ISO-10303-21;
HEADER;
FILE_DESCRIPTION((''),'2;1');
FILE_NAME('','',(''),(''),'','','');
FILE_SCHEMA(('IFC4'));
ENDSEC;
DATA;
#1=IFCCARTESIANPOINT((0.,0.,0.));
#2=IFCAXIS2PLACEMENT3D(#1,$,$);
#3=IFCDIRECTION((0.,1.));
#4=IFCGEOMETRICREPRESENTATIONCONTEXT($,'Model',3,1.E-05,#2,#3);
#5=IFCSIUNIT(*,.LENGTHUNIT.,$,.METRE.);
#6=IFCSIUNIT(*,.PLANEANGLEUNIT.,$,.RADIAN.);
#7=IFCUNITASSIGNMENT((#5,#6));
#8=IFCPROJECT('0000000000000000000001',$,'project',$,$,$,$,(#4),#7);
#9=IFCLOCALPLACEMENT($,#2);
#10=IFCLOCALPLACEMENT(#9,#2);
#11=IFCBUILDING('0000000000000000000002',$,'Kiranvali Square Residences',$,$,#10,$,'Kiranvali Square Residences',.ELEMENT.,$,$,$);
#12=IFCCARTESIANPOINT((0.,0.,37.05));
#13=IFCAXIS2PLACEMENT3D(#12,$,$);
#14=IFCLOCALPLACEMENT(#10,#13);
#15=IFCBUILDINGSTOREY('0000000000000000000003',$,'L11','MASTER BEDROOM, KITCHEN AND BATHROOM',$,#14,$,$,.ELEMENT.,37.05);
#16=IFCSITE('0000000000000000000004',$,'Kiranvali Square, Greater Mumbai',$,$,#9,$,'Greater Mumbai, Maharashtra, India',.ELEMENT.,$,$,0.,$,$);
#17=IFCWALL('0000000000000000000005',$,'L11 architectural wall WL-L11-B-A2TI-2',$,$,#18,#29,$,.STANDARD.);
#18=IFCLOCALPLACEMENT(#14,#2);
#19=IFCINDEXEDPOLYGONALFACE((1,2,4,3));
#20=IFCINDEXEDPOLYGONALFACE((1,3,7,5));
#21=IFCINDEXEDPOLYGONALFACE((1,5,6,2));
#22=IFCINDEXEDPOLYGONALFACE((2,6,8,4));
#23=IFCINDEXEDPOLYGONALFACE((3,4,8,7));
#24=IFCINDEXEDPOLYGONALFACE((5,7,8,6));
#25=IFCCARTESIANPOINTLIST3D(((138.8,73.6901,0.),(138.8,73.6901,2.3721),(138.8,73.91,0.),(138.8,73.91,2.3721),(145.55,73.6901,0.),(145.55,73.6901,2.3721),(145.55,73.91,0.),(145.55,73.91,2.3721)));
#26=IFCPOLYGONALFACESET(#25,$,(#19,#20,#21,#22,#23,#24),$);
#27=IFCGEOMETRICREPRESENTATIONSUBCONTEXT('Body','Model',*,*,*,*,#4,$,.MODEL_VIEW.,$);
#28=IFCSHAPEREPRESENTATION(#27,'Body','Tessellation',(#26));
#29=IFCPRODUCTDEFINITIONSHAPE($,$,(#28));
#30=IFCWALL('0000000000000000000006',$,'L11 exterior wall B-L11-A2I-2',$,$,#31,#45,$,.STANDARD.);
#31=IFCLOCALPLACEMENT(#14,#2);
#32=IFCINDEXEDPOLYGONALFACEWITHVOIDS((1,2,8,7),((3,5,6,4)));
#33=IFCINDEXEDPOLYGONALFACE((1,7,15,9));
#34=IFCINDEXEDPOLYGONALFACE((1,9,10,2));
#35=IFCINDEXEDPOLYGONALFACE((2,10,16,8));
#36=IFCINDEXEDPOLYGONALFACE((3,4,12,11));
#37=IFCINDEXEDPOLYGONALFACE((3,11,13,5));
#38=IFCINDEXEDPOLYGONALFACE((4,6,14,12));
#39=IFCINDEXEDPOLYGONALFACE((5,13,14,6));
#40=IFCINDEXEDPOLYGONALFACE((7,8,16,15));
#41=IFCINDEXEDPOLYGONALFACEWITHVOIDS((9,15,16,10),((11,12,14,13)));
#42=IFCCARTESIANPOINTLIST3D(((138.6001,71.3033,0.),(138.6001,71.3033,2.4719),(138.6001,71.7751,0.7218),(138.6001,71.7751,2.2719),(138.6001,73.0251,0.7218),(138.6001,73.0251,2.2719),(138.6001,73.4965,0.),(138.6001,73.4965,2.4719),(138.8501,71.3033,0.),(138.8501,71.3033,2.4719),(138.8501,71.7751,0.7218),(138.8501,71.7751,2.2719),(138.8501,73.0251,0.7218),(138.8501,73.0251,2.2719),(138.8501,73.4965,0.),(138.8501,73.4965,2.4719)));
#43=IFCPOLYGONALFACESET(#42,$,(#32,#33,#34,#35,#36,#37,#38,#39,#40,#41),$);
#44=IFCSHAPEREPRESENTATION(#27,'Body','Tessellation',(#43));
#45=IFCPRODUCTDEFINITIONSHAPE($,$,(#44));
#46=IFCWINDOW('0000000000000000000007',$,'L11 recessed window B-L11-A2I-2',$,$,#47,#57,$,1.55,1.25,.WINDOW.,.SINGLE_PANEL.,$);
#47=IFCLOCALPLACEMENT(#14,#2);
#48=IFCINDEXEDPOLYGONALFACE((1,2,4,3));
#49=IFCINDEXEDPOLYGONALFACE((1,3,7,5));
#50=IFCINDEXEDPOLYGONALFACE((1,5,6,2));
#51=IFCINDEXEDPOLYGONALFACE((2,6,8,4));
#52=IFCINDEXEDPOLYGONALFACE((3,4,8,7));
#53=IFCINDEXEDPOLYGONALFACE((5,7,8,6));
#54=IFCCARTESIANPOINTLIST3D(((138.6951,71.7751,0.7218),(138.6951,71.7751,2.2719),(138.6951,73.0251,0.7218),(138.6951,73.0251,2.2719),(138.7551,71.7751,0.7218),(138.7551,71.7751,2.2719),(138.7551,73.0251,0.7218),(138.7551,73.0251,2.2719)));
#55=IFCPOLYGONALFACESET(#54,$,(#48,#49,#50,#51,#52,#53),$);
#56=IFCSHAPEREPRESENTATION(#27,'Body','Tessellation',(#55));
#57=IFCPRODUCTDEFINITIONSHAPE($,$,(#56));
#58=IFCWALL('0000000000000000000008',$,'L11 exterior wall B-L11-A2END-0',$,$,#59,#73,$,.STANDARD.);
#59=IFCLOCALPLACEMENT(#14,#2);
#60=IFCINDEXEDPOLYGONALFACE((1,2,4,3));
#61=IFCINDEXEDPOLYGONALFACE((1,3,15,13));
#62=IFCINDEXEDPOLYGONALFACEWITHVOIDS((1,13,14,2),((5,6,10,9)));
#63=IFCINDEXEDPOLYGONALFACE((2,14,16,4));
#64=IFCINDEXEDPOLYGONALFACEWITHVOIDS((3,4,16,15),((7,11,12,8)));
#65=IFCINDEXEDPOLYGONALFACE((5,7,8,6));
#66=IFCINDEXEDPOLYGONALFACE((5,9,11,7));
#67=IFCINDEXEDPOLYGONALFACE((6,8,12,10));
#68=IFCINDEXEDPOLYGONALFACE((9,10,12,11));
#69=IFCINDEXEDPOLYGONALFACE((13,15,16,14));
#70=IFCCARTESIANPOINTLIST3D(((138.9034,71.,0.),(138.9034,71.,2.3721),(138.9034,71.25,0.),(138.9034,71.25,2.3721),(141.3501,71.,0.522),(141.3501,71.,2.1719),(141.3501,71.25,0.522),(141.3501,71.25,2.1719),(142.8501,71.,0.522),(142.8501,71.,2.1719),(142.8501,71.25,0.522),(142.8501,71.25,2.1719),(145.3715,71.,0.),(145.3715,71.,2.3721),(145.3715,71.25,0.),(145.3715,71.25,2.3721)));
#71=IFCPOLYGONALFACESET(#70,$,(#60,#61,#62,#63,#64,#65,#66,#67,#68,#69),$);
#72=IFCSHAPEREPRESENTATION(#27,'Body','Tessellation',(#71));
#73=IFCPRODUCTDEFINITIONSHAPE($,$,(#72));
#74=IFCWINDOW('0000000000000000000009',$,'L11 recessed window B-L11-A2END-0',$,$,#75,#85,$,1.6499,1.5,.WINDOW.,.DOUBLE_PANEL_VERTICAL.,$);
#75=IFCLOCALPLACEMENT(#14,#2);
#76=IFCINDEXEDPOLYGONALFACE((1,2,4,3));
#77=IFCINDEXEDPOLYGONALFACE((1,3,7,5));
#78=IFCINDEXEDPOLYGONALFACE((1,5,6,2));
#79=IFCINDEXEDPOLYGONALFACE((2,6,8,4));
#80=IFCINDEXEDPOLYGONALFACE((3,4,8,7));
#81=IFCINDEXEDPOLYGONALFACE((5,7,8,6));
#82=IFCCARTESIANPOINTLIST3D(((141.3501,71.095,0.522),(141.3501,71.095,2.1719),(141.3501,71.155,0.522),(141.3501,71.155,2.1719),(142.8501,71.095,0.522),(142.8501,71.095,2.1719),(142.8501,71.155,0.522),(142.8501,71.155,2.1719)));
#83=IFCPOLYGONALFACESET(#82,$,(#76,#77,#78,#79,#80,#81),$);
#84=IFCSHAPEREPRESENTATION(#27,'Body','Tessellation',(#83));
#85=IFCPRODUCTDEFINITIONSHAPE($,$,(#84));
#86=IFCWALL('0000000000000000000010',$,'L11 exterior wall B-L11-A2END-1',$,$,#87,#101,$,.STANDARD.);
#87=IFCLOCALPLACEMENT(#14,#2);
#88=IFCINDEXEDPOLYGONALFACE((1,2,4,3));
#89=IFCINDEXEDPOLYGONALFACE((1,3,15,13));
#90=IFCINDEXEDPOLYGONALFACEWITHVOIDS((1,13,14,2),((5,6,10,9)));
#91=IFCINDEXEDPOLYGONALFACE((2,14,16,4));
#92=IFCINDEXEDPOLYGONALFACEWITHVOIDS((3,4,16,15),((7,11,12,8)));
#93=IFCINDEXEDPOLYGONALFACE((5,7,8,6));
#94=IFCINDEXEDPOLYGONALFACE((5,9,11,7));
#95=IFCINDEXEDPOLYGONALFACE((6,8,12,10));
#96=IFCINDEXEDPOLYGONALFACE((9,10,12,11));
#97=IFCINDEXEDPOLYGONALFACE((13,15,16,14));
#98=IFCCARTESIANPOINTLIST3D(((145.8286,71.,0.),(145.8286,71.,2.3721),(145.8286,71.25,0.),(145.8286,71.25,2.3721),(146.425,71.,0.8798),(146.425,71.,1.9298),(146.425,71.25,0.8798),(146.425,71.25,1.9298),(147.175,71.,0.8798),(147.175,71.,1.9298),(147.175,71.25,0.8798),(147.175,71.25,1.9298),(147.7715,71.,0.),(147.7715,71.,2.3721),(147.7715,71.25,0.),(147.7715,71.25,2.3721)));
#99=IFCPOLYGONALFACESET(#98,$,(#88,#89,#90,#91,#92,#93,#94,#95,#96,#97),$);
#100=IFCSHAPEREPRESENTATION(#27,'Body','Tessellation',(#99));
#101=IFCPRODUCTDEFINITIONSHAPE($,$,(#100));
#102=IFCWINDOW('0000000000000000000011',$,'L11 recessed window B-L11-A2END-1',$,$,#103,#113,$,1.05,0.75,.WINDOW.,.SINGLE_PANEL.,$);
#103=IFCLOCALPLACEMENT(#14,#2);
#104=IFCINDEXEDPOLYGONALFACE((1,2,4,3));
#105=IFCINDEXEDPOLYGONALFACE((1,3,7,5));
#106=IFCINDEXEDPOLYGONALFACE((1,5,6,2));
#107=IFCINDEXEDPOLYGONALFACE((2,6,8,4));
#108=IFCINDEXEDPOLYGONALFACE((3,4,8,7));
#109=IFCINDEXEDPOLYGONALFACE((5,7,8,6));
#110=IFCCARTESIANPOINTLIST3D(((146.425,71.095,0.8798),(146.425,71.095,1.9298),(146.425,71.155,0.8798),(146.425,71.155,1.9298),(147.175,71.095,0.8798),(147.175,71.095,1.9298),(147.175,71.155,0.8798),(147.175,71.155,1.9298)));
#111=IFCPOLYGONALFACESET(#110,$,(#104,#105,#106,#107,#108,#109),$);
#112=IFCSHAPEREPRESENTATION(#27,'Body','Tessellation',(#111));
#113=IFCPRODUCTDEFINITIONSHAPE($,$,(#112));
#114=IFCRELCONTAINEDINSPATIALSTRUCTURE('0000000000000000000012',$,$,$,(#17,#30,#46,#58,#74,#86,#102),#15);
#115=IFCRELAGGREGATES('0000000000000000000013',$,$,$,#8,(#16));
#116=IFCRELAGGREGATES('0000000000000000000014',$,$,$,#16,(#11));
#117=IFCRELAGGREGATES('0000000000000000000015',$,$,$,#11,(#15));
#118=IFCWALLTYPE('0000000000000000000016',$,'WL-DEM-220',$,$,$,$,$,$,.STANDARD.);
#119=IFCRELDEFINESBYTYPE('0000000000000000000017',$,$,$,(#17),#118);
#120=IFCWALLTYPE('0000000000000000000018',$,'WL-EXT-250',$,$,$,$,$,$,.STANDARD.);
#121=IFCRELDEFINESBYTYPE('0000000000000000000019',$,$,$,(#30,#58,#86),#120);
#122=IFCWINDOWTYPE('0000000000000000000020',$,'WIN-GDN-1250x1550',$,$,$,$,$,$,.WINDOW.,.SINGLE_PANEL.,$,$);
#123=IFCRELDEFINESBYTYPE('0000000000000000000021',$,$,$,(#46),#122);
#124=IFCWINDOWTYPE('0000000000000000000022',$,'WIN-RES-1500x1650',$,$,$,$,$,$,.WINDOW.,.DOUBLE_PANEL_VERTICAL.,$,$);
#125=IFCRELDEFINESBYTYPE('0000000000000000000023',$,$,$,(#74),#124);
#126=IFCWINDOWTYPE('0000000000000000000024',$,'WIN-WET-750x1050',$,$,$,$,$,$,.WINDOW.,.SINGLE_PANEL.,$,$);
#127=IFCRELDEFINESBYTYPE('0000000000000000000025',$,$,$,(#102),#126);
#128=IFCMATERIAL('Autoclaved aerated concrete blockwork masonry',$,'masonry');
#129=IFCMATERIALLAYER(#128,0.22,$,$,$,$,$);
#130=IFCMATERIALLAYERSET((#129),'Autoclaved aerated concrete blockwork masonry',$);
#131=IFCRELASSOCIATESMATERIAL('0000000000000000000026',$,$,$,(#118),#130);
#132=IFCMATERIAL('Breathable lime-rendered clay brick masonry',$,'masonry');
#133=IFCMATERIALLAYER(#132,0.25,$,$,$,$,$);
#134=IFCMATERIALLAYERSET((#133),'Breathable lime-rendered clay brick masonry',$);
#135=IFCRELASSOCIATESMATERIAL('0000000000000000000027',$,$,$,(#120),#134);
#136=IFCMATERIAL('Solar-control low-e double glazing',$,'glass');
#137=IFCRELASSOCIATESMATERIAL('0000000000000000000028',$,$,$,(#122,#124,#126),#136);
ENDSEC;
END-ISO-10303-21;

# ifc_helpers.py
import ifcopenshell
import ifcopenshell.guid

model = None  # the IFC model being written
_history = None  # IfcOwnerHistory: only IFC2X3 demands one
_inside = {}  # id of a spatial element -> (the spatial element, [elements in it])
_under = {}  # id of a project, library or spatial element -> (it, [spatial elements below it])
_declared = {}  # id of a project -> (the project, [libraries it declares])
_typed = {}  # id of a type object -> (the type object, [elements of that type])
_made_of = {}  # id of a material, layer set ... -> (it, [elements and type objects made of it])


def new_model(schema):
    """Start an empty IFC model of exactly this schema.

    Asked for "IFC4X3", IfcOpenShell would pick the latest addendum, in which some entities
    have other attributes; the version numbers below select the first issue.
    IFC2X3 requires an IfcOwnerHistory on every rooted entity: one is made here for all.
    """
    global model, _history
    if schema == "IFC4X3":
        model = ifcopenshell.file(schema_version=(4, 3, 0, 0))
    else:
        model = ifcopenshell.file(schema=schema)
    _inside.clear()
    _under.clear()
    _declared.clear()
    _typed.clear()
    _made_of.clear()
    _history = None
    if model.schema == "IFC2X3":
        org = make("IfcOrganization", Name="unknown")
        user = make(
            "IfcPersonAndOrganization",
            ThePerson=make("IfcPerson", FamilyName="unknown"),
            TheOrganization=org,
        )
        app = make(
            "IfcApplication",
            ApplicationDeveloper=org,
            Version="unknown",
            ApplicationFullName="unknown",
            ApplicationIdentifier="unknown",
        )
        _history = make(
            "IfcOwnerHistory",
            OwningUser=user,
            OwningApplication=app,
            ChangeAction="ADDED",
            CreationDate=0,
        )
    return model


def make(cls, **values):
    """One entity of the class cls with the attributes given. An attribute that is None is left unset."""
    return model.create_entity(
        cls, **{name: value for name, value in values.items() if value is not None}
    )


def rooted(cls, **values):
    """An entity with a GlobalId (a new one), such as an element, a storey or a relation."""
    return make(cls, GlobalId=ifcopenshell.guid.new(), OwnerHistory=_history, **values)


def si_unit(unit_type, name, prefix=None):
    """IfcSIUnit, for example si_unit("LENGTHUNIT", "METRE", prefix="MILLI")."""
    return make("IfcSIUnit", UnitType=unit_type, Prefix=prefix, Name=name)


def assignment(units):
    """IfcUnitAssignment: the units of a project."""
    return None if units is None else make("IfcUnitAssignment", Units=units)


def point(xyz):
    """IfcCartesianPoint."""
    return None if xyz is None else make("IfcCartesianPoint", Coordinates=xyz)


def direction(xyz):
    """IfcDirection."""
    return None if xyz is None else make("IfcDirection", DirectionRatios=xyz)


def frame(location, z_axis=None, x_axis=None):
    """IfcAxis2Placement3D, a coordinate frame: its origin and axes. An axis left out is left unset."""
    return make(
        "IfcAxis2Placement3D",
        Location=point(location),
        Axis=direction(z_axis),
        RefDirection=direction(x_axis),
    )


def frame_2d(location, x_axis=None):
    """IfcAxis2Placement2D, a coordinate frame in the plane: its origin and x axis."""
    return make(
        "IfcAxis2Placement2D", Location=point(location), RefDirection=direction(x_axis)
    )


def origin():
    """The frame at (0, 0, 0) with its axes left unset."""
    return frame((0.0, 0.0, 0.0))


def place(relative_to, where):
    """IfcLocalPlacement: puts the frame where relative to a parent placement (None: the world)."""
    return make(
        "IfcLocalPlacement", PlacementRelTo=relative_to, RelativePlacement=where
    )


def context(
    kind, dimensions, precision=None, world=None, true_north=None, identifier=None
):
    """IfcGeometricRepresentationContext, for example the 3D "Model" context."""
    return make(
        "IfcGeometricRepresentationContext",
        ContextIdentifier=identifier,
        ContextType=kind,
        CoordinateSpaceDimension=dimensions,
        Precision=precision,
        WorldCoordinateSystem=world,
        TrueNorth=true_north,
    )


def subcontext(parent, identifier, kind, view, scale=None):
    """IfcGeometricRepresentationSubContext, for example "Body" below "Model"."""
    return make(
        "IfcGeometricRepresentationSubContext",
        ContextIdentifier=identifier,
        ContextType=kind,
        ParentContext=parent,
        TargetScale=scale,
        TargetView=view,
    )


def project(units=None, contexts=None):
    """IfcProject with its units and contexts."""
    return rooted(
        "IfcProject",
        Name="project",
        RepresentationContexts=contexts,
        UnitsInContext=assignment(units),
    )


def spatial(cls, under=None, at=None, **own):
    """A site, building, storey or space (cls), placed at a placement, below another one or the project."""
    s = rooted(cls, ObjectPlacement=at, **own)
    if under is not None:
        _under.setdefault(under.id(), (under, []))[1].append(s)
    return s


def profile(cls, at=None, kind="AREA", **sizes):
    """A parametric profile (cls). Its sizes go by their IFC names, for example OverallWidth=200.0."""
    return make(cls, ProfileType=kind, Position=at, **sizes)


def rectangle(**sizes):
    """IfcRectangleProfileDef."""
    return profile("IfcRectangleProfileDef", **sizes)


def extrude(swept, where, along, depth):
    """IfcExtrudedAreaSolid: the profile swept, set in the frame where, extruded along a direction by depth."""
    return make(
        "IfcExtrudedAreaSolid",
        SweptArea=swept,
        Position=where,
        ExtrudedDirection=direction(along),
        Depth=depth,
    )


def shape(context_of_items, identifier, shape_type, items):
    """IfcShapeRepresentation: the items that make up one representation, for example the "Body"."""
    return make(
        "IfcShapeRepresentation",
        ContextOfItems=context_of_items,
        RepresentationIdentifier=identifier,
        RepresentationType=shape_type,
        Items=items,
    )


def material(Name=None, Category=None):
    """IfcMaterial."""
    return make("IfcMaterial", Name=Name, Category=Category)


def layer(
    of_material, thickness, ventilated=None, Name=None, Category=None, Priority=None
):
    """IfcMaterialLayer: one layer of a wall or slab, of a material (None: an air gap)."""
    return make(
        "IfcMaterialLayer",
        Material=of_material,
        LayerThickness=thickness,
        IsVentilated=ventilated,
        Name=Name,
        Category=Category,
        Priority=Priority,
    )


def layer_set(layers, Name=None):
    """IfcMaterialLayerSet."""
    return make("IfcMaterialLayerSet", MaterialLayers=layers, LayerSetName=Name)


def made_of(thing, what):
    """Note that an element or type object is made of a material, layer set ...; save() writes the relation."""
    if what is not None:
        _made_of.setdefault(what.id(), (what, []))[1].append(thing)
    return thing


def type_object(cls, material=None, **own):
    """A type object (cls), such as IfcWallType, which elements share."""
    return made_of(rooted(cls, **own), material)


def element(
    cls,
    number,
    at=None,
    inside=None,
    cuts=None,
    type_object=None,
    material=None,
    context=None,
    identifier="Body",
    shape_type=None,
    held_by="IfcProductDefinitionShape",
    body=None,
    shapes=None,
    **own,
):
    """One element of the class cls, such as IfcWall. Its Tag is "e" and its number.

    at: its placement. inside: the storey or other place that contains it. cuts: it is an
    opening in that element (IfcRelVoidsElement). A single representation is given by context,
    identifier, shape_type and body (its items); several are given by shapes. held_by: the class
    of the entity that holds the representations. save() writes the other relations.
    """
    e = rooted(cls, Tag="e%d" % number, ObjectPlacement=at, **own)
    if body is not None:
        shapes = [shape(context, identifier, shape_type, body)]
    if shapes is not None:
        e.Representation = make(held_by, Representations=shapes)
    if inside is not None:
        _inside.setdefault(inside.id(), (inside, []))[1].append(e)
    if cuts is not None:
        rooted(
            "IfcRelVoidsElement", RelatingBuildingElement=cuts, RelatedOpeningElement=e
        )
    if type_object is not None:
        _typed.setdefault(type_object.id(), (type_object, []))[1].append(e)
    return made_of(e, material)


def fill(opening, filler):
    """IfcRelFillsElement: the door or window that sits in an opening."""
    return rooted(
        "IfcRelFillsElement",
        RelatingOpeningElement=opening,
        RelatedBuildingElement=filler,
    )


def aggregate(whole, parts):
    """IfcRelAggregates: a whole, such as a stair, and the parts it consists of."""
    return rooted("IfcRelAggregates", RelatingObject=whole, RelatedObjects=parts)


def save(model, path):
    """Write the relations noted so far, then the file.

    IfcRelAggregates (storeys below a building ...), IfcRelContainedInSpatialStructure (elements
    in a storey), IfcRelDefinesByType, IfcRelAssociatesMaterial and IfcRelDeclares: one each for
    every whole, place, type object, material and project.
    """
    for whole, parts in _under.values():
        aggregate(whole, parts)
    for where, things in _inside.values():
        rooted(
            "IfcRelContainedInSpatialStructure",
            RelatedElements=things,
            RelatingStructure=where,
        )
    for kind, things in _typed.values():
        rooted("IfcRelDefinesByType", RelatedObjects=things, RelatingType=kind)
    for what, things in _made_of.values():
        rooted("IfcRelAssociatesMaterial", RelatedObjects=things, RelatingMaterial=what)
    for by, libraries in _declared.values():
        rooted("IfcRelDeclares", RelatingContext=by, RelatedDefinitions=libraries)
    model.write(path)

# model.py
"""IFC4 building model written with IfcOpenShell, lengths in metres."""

from ifc_helpers import new_model, si_unit, direction, frame, frame_2d, origin, place, context, subcontext, project, spatial, rectangle, extrude, material, layer, layer_set, type_object, element, fill, save


model = new_model("IFC4")

# Units and contexts
model_context = context("Model", 3, precision=1e-05, world=origin(), true_north=direction((0.0, 1.0)))
body_context = subcontext(model_context, "Body", "Model", "MODEL_VIEW")
ifc_project = project(units=[si_unit("LENGTHUNIT", "METRE"), si_unit("PLANEANGLEUNIT", "RADIAN")], contexts=[model_context])

# Site, building, storey
site_placement = place(None, origin())
site = spatial("IfcSite", under=ifc_project, at=site_placement, Name="Kiranvali Square, Greater Mumbai", LongName="Greater Mumbai, Maharashtra, India", CompositionType="ELEMENT", RefElevation=0.0)
building_placement = place(site_placement, origin())
building = spatial("IfcBuilding", under=site, at=building_placement, Name="Kiranvali Square Residences", LongName="Kiranvali Square Residences", CompositionType="ELEMENT")
storey_placement = place(building_placement, frame((0.0, 0.0, 37.05)))
storey = spatial("IfcBuildingStorey", under=building, at=storey_placement, Name="L11", Description="MASTER BEDROOM, KITCHEN AND BATHROOM", CompositionType="ELEMENT", Elevation=37.05)

# Shared definitions
ifc_material_1 = material(Name="Autoclaved aerated concrete blockwork masonry", Category="masonry")

# Wall
ifc_layer_1 = layer(ifc_material_1, 0.22)
ifc_layer_set_1 = layer_set([ifc_layer_1], Name="Autoclaved aerated concrete blockwork masonry")
wall_type_1 = type_object("IfcWallType", Name="WL-DEM-220", PredefinedType="STANDARD", material=ifc_layer_set_1)
wall_1_placement = place(storey_placement, frame((138.8, 73.8, 0.0), z_axis=(0.0, 0.0, 1.0), x_axis=(1.0, 0.0, 0.0)))
element("IfcWall", 1, at=wall_1_placement, inside=storey, type_object=wall_type_1, Name="L11 architectural wall WL-L11-B-A2TI-2", PredefinedType="STANDARD", context=body_context, shape_type="SweptSolid", body=[
    extrude(rectangle(XDim=6.75, YDim=0.22, at=frame_2d((3.375, 0.0))), origin(), (0.0, 0.0, 1.0), 2.3721),
])

# Walls, openings, windows
ifc_material_2 = material(Name="Breathable lime-rendered clay brick masonry", Category="masonry")
ifc_layer_2 = layer(ifc_material_2, 0.25)
ifc_layer_set_2 = layer_set([ifc_layer_2], Name="Breathable lime-rendered clay brick masonry")
wall_type_2 = type_object("IfcWallType", Name="WL-EXT-250", PredefinedType="STANDARD", material=ifc_layer_set_2)
wall_2_placement = place(storey_placement, frame((138.7251, 73.4966, 0.0), z_axis=(0.0, 0.0, 1.0), x_axis=(0.0, -1.0, 0.0)))
wall_2 = element("IfcWall", 2, at=wall_2_placement, inside=storey, type_object=wall_type_2, Name="L11 exterior wall B-L11-A2I-2", PredefinedType="STANDARD", context=body_context, shape_type="SweptSolid", body=[
    extrude(rectangle(XDim=2.1931, YDim=0.25, at=frame_2d((1.0967, 0.0))), origin(), (0.0, 0.0, 1.0), 2.4719),
])
opening_1_placement = place(wall_2_placement, frame((0.4714, 0.0, 0.7219)))
opening_1 = element("IfcOpeningElement", 3, at=opening_1_placement, cuts=wall_2, PredefinedType="OPENING", context=body_context, shape_type="SweptSolid", body=[
    extrude(rectangle(XDim=1.25, YDim=1.55, at=frame_2d((0.625, 0.7749))), frame((0.0, 0.135, 0.0), z_axis=(0.0, -1.0, 0.0), x_axis=(1.0, 0.0, 0.0)), (0.0, 0.0, 1.0), 0.27),
])
ifc_material_3 = material(Name="Solar-control low-e double glazing", Category="glass")
window_type_1 = type_object("IfcWindowType", Name="WIN-GDN-1250x1550", PartitioningType="SINGLE_PANEL", PredefinedType="WINDOW", material=ifc_material_3)
window_1_placement = place(opening_1_placement, origin())
window_1 = element("IfcWindow", 4, at=window_1_placement, inside=storey, type_object=window_type_1, Name="L11 recessed window B-L11-A2I-2", OverallHeight=1.55, OverallWidth=1.25, PartitioningType="SINGLE_PANEL", PredefinedType="WINDOW", context=body_context, shape_type="SweptSolid", body=[
    extrude(rectangle(XDim=1.25, YDim=1.55, at=frame_2d((0.625, 0.7749))), frame((0.0, 0.03, 0.0), z_axis=(0.0, -1.0, 0.0), x_axis=(1.0, 0.0, 0.0)), (0.0, 0.0, 1.0), 0.0601),
])
fill(opening_1, window_1)
wall_3_placement = place(storey_placement, frame((138.9036, 71.125, 0.0), z_axis=(0.0, 0.0, 1.0), x_axis=(1.0, 0.0, 0.0)))
wall_3 = element("IfcWall", 5, at=wall_3_placement, inside=storey, type_object=wall_type_2, Name="L11 exterior wall B-L11-A2END-0", PredefinedType="STANDARD", context=body_context, shape_type="SweptSolid", body=[
    extrude(rectangle(XDim=6.468, YDim=0.25, at=frame_2d((3.2339, 0.0))), origin(), (0.0, 0.0, 1.0), 2.3721),
])
opening_2_placement = place(wall_3_placement, frame((2.4465, 0.0, 0.522)))
opening_2 = element("IfcOpeningElement", 6, at=opening_2_placement, cuts=wall_3, PredefinedType="OPENING", context=body_context, shape_type="SweptSolid", body=[
    extrude(rectangle(XDim=1.5, YDim=1.6499, at=frame_2d((0.75, 0.825))), frame((0.0, 0.135, 0.0), z_axis=(0.0, -1.0, 0.0), x_axis=(1.0, 0.0, 0.0)), (0.0, 0.0, 1.0), 0.27),
])
window_type_2 = type_object("IfcWindowType", Name="WIN-RES-1500x1650", PartitioningType="DOUBLE_PANEL_VERTICAL", PredefinedType="WINDOW", material=ifc_material_3)
window_2_placement = place(opening_2_placement, origin())
window_2 = element("IfcWindow", 7, at=window_2_placement, inside=storey, type_object=window_type_2, Name="L11 recessed window B-L11-A2END-0", OverallHeight=1.6499, OverallWidth=1.5, PartitioningType="DOUBLE_PANEL_VERTICAL", PredefinedType="WINDOW", context=body_context, shape_type="SweptSolid", body=[
    extrude(rectangle(XDim=1.5, YDim=1.6499, at=frame_2d((0.75, 0.825))), frame((0.0, 0.03, 0.0), z_axis=(0.0, -1.0, 0.0), x_axis=(1.0, 0.0, 0.0)), (0.0, 0.0, 1.0), 0.0601),
])
fill(opening_2, window_2)
wall_4_placement = place(storey_placement, frame((145.8286, 71.125, 0.0), z_axis=(0.0, 0.0, 1.0), x_axis=(1.0, 0.0, 0.0)))
wall_4 = element("IfcWall", 8, at=wall_4_placement, inside=storey, type_object=wall_type_2, Name="L11 exterior wall B-L11-A2END-1", PredefinedType="STANDARD", context=body_context, shape_type="SweptSolid", body=[
    extrude(rectangle(XDim=1.9429, YDim=0.25, at=frame_2d((0.9714, 0.0))), origin(), (0.0, 0.0, 1.0), 2.3721),
])
opening_3_placement = place(wall_4_placement, frame((0.5964, 0.0, 0.8799)))
opening_3 = element("IfcOpeningElement", 9, at=opening_3_placement, cuts=wall_4, PredefinedType="OPENING", context=body_context, shape_type="SweptSolid", body=[
    extrude(rectangle(XDim=0.75, YDim=1.05, at=frame_2d((0.375, 0.5249))), frame((0.0, 0.135, 0.0), z_axis=(0.0, -1.0, 0.0), x_axis=(1.0, 0.0, 0.0)), (0.0, 0.0, 1.0), 0.27),
])
window_type_3 = type_object("IfcWindowType", Name="WIN-WET-750x1050", PartitioningType="SINGLE_PANEL", PredefinedType="WINDOW", material=ifc_material_3)
window_3_placement = place(opening_3_placement, origin())
window_3 = element("IfcWindow", 10, at=window_3_placement, inside=storey, type_object=window_type_3, Name="L11 recessed window B-L11-A2END-1", OverallHeight=1.05, OverallWidth=0.75, PartitioningType="SINGLE_PANEL", PredefinedType="WINDOW", context=body_context, shape_type="SweptSolid", body=[
    extrude(rectangle(XDim=0.75, YDim=1.05, at=frame_2d((0.375, 0.5249))), frame((0.0, 0.03, 0.0), z_axis=(0.0, -1.0, 0.0), x_axis=(1.0, 0.0, 0.0)), (0.0, 0.0, 1.0), 0.0601),
])
fill(opening_3, window_3)

save(model, "model.ifc")
